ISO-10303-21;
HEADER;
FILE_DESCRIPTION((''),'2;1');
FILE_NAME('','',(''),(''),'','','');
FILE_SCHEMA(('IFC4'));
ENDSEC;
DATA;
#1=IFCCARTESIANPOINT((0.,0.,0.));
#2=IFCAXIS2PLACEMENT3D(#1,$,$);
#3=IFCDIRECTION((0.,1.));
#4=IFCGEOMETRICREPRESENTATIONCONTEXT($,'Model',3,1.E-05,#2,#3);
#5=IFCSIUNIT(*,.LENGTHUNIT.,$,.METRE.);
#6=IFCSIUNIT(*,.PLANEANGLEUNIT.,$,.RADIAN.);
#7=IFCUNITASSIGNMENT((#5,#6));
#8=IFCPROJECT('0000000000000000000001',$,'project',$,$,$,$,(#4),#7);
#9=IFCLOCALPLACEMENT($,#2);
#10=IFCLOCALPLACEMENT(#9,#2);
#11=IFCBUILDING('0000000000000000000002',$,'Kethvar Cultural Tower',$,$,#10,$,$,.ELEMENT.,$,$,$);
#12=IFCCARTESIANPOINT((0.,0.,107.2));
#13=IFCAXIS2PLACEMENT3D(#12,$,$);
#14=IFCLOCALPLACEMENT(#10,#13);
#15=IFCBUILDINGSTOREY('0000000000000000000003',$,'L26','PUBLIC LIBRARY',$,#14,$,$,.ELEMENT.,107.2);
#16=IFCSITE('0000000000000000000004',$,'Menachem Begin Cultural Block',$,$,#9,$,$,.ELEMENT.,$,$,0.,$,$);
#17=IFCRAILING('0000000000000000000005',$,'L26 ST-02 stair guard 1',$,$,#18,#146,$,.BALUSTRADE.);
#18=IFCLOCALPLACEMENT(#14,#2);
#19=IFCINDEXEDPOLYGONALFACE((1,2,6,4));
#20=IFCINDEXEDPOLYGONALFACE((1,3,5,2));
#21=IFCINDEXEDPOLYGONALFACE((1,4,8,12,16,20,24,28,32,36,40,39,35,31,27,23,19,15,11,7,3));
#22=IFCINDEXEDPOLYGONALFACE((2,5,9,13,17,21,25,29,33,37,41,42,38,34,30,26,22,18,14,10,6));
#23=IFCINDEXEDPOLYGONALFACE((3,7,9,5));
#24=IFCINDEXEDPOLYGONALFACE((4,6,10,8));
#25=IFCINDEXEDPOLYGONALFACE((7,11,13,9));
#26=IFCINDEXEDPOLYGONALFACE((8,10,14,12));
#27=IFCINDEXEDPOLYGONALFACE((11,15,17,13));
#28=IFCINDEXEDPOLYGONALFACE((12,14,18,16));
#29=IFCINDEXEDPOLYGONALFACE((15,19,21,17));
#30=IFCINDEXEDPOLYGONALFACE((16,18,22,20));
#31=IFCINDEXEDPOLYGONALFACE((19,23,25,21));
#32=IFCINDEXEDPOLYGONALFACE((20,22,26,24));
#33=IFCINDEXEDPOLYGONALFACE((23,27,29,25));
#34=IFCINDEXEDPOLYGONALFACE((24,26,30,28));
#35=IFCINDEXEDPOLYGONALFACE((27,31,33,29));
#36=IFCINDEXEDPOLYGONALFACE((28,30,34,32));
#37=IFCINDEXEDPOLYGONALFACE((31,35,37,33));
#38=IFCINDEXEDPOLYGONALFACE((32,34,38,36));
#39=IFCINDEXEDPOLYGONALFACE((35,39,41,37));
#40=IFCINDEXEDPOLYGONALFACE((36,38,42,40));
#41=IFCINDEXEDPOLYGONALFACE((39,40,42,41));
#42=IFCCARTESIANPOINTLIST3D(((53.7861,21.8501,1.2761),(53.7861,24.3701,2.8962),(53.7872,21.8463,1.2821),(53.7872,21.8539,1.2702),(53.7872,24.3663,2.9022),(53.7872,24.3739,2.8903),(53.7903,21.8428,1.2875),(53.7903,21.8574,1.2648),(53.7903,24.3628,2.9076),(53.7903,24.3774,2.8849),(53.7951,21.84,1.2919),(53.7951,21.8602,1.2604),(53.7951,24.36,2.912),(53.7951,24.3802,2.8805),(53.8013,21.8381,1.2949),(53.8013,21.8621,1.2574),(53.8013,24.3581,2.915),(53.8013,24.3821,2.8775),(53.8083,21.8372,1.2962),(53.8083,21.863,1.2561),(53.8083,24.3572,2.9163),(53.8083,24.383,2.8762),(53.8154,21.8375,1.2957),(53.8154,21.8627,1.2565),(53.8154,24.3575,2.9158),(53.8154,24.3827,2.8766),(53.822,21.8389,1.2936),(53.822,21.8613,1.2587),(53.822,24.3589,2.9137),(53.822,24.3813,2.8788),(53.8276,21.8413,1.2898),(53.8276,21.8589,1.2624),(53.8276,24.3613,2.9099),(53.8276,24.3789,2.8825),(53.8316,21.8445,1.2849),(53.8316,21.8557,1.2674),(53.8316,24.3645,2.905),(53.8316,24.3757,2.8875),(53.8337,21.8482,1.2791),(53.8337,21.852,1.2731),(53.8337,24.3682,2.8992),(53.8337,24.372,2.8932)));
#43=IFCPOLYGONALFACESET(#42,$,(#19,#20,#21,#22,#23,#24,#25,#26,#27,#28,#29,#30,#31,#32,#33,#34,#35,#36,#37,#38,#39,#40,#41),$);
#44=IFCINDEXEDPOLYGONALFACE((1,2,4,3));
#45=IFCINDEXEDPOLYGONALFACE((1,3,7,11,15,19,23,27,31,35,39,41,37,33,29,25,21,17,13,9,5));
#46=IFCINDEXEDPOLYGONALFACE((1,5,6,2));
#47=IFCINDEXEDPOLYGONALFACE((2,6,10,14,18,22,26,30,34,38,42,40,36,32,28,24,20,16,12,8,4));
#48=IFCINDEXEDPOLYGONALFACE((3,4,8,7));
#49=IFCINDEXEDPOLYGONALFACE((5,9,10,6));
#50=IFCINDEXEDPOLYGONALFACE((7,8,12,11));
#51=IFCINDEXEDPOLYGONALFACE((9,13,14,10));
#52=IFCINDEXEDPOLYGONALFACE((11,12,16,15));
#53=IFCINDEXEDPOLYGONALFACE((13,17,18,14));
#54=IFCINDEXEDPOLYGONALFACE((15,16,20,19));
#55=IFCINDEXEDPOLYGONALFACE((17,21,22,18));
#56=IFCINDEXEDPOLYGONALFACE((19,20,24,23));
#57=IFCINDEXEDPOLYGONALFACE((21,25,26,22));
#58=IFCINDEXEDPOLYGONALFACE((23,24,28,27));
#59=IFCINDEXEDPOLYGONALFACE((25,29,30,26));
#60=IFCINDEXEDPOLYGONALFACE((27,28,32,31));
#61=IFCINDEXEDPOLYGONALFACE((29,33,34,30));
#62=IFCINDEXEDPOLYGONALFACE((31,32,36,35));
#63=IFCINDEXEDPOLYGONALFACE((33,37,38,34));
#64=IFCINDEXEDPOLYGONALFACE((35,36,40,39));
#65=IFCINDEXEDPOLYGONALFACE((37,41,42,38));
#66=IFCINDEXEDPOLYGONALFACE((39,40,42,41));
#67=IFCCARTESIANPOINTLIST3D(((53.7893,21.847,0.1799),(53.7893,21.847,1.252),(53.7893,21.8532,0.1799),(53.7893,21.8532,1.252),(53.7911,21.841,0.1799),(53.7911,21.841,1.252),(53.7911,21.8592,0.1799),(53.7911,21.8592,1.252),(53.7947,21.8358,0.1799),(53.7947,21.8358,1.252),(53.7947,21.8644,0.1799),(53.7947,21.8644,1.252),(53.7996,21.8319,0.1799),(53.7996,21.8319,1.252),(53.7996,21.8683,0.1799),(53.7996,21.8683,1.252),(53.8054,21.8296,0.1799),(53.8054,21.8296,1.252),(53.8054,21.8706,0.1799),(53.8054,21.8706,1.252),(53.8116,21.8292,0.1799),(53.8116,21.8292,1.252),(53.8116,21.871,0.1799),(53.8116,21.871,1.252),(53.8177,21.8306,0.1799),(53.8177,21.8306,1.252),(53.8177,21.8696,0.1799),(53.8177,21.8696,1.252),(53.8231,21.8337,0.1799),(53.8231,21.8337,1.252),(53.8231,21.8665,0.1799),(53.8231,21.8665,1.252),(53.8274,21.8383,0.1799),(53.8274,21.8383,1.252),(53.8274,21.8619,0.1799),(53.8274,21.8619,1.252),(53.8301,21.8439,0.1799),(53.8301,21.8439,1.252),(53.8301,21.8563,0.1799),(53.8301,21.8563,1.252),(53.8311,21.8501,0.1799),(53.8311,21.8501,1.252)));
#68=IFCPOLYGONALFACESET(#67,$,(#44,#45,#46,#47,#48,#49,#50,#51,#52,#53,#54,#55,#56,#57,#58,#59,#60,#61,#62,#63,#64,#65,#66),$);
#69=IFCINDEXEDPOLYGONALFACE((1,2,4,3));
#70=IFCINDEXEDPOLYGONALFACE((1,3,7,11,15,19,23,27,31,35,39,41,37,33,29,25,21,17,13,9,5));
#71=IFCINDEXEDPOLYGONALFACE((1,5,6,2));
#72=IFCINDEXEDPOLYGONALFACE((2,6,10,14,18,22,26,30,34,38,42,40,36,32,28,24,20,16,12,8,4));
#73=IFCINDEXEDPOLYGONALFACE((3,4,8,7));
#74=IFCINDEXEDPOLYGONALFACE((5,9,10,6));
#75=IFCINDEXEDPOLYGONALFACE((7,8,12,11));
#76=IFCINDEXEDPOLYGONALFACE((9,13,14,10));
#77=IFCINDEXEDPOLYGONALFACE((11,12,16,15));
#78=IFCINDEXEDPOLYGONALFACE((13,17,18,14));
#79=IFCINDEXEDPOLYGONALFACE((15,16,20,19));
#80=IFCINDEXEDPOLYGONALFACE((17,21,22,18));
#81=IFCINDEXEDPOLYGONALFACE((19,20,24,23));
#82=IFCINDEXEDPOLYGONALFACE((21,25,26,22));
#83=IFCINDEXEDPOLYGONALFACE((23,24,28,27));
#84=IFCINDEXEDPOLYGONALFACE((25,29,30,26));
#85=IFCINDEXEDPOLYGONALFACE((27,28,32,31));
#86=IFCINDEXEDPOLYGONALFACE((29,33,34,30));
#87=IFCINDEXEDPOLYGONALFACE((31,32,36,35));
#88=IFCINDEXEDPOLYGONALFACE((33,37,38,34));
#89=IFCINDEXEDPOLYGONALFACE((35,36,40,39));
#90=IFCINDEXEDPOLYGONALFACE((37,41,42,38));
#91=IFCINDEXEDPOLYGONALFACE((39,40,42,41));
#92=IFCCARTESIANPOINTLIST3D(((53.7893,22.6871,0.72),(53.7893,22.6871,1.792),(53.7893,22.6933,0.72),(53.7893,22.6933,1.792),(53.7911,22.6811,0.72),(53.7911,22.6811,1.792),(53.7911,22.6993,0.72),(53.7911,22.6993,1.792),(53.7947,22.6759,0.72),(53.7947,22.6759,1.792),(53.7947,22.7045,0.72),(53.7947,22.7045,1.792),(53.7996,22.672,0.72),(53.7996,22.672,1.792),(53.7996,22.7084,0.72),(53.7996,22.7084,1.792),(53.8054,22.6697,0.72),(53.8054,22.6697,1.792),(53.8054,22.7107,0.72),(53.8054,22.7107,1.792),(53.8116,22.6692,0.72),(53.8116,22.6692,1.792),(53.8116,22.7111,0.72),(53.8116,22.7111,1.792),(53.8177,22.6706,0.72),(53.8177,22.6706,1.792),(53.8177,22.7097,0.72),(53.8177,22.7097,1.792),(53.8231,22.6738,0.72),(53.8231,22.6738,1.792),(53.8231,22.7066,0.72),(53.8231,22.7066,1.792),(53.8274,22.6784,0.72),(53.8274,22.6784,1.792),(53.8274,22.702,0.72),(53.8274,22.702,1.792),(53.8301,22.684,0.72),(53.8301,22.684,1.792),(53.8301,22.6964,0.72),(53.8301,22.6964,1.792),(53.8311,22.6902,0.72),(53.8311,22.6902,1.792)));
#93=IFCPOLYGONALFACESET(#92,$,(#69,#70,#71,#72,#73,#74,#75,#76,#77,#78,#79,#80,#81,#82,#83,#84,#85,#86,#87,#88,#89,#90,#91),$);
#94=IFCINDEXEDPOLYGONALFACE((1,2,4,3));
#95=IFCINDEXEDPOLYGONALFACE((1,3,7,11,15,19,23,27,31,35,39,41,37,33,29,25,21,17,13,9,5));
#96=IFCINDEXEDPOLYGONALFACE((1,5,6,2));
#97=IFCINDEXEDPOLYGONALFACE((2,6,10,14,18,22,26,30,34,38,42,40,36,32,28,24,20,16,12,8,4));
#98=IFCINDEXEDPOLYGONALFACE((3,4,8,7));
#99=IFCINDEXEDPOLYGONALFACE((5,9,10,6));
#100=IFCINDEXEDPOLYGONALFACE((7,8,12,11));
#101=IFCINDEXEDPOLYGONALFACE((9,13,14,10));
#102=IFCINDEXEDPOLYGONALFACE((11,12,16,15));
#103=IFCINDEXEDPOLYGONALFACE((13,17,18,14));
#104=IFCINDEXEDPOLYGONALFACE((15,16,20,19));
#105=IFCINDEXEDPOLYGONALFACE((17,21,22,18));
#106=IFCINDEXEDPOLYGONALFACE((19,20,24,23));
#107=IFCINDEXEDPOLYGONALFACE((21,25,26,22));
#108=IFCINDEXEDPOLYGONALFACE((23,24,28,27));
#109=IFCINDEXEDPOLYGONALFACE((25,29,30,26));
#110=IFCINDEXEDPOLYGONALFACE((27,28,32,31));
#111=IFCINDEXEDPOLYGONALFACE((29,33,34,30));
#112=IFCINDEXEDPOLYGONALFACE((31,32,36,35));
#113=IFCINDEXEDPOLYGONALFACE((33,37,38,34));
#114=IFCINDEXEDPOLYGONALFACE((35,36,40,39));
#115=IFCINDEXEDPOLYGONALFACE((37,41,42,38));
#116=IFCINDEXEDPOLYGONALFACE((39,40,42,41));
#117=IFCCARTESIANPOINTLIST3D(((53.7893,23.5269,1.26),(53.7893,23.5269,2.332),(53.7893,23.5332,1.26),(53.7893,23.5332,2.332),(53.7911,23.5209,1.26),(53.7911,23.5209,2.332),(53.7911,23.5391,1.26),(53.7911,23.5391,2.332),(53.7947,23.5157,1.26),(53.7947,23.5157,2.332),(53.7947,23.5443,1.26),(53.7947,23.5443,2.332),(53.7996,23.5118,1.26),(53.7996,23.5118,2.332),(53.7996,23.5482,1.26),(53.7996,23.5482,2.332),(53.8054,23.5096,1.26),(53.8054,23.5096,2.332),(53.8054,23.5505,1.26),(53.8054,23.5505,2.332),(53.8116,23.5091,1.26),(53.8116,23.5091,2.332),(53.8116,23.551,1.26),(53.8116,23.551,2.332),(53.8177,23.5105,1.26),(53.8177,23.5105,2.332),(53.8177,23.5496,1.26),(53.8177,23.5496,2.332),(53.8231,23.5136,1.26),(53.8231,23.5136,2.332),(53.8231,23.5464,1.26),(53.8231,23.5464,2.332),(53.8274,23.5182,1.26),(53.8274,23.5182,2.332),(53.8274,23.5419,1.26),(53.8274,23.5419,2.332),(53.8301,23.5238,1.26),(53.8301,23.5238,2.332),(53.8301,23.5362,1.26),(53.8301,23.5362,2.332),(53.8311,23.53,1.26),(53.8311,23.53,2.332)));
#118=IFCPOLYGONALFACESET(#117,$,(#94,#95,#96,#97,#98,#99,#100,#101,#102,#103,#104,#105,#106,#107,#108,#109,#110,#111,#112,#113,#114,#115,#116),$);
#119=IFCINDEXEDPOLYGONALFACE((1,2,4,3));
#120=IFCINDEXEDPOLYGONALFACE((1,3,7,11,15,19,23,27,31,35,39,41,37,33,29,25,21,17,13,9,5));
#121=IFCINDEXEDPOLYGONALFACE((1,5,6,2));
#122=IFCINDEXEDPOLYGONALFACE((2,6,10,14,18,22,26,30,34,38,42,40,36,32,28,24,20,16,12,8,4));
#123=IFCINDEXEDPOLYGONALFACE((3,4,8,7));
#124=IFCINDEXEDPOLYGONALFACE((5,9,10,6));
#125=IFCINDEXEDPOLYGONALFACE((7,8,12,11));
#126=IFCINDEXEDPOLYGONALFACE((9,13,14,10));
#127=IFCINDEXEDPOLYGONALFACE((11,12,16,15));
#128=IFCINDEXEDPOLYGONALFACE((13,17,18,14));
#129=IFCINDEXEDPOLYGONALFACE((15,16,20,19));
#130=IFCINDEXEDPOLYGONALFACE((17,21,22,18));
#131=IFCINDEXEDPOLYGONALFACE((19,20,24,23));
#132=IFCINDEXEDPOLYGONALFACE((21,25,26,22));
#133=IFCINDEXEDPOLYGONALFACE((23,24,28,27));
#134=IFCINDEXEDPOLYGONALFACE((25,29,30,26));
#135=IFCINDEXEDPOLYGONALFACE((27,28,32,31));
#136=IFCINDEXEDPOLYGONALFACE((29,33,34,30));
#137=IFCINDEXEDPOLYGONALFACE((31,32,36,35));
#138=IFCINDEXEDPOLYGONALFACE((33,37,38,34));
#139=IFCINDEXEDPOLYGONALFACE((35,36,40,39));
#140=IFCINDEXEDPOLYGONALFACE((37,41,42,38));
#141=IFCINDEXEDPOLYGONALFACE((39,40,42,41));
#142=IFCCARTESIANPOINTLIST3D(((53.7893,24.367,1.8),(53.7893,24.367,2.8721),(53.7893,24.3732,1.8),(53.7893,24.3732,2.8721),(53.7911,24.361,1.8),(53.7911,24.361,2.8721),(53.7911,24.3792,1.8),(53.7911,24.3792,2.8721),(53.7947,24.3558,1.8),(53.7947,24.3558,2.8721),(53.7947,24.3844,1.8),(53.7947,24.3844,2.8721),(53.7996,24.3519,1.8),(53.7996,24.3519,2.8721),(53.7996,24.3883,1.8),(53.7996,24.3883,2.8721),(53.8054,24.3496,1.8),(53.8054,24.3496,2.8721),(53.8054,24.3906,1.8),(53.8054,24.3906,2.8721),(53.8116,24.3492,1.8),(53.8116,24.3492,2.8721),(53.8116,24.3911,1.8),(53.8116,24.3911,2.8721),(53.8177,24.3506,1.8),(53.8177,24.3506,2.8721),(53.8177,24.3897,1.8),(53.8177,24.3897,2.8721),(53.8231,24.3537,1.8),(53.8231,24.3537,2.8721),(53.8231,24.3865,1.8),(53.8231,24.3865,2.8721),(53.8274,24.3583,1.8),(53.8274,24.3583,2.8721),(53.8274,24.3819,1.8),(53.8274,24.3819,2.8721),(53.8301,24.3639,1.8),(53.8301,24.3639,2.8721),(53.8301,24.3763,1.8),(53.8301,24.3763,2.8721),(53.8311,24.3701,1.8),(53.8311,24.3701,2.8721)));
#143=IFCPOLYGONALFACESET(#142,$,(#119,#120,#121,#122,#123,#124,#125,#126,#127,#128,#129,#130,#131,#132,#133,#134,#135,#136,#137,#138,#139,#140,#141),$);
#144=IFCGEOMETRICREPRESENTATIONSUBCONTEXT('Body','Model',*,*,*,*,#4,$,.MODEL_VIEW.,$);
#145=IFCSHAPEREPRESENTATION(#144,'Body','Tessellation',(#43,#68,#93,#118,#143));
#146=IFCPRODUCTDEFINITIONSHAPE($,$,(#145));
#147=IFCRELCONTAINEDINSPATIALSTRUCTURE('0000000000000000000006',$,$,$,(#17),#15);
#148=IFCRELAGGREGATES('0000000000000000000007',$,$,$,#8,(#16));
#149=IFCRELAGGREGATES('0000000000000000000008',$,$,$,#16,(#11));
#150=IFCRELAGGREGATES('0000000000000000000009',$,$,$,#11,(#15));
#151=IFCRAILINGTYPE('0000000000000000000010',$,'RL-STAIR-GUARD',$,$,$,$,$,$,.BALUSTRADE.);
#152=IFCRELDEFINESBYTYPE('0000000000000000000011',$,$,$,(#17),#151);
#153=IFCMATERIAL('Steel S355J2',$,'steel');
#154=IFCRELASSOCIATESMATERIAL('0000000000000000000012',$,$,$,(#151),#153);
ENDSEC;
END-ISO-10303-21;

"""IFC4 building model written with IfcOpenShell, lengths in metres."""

from ifc_helpers import new_model, si_unit, direction, frame, origin, origin_2d, place, context, subcontext, project, spatial, circle, extrude, material, type_object, element, save


model = new_model("IFC4")

# Units and contexts
model_context = context("Model", 3, precision=1e-05, world=origin(), true_north=direction((0.0, 1.0)))
body_context = subcontext(model_context, "Body", "Model", "MODEL_VIEW")
ifc_project = project(units=[si_unit("LENGTHUNIT", "METRE"), si_unit("PLANEANGLEUNIT", "RADIAN")], contexts=[model_context])

# Site, building, storey
site_placement = place(None, origin())
site = spatial("IfcSite", under=ifc_project, at=site_placement, Name="Menachem Begin Cultural Block", CompositionType="ELEMENT", RefElevation=0.0)
building_placement = place(site_placement, origin())
building = spatial("IfcBuilding", under=site, at=building_placement, Name="Kethvar Cultural Tower", CompositionType="ELEMENT")
storey_placement = place(building_placement, frame((0.0, 0.0, 107.2)))
storey = spatial("IfcBuildingStorey", under=building, at=storey_placement, Name="L26", Description="PUBLIC LIBRARY", CompositionType="ELEMENT", Elevation=107.2)

# Shared definitions
ifc_material_1 = material(Name="Steel S355J2", Category="steel")

# Railing
railing_type_1 = type_object("IfcRailingType", Name="RL-STAIR-GUARD", PredefinedType="BALUSTRADE", material=ifc_material_1)
railing_1_placement = place(storey_placement, frame((53.8101, 21.8501, 0.1799)))
element("IfcRailing", 1, at=railing_1_placement, inside=storey, type_object=railing_type_1, Name="L26 ST-02 stair guard 1", PredefinedType="BALUSTRADE", context=body_context, shape_type="SweptSolid", body=[
    extrude(circle(Radius=0.0239, at=origin_2d()), frame((0.0, 0.0, 1.0962), z_axis=(0.0, 0.841163, 0.540782), x_axis=(-1.0, 0.0, 0.0)), (0.0, 0.0, 1.0), 2.9958),
    extrude(circle(Radius=0.021, at=origin_2d()), origin(), (0.0, 0.0, 1.0), 1.072),
    extrude(circle(Radius=0.021, at=origin_2d()), frame((0.0, 0.8401, 0.54)), (0.0, 0.0, 1.0), 1.072),
    extrude(circle(Radius=0.021, at=origin_2d()), frame((0.0, 1.6799, 1.0801)), (0.0, 0.0, 1.0), 1.072),
    extrude(circle(Radius=0.021, at=origin_2d()), frame((0.0, 2.52, 1.6201)), (0.0, 0.0, 1.0), 1.072),
])

save(model, "model.ifc")
